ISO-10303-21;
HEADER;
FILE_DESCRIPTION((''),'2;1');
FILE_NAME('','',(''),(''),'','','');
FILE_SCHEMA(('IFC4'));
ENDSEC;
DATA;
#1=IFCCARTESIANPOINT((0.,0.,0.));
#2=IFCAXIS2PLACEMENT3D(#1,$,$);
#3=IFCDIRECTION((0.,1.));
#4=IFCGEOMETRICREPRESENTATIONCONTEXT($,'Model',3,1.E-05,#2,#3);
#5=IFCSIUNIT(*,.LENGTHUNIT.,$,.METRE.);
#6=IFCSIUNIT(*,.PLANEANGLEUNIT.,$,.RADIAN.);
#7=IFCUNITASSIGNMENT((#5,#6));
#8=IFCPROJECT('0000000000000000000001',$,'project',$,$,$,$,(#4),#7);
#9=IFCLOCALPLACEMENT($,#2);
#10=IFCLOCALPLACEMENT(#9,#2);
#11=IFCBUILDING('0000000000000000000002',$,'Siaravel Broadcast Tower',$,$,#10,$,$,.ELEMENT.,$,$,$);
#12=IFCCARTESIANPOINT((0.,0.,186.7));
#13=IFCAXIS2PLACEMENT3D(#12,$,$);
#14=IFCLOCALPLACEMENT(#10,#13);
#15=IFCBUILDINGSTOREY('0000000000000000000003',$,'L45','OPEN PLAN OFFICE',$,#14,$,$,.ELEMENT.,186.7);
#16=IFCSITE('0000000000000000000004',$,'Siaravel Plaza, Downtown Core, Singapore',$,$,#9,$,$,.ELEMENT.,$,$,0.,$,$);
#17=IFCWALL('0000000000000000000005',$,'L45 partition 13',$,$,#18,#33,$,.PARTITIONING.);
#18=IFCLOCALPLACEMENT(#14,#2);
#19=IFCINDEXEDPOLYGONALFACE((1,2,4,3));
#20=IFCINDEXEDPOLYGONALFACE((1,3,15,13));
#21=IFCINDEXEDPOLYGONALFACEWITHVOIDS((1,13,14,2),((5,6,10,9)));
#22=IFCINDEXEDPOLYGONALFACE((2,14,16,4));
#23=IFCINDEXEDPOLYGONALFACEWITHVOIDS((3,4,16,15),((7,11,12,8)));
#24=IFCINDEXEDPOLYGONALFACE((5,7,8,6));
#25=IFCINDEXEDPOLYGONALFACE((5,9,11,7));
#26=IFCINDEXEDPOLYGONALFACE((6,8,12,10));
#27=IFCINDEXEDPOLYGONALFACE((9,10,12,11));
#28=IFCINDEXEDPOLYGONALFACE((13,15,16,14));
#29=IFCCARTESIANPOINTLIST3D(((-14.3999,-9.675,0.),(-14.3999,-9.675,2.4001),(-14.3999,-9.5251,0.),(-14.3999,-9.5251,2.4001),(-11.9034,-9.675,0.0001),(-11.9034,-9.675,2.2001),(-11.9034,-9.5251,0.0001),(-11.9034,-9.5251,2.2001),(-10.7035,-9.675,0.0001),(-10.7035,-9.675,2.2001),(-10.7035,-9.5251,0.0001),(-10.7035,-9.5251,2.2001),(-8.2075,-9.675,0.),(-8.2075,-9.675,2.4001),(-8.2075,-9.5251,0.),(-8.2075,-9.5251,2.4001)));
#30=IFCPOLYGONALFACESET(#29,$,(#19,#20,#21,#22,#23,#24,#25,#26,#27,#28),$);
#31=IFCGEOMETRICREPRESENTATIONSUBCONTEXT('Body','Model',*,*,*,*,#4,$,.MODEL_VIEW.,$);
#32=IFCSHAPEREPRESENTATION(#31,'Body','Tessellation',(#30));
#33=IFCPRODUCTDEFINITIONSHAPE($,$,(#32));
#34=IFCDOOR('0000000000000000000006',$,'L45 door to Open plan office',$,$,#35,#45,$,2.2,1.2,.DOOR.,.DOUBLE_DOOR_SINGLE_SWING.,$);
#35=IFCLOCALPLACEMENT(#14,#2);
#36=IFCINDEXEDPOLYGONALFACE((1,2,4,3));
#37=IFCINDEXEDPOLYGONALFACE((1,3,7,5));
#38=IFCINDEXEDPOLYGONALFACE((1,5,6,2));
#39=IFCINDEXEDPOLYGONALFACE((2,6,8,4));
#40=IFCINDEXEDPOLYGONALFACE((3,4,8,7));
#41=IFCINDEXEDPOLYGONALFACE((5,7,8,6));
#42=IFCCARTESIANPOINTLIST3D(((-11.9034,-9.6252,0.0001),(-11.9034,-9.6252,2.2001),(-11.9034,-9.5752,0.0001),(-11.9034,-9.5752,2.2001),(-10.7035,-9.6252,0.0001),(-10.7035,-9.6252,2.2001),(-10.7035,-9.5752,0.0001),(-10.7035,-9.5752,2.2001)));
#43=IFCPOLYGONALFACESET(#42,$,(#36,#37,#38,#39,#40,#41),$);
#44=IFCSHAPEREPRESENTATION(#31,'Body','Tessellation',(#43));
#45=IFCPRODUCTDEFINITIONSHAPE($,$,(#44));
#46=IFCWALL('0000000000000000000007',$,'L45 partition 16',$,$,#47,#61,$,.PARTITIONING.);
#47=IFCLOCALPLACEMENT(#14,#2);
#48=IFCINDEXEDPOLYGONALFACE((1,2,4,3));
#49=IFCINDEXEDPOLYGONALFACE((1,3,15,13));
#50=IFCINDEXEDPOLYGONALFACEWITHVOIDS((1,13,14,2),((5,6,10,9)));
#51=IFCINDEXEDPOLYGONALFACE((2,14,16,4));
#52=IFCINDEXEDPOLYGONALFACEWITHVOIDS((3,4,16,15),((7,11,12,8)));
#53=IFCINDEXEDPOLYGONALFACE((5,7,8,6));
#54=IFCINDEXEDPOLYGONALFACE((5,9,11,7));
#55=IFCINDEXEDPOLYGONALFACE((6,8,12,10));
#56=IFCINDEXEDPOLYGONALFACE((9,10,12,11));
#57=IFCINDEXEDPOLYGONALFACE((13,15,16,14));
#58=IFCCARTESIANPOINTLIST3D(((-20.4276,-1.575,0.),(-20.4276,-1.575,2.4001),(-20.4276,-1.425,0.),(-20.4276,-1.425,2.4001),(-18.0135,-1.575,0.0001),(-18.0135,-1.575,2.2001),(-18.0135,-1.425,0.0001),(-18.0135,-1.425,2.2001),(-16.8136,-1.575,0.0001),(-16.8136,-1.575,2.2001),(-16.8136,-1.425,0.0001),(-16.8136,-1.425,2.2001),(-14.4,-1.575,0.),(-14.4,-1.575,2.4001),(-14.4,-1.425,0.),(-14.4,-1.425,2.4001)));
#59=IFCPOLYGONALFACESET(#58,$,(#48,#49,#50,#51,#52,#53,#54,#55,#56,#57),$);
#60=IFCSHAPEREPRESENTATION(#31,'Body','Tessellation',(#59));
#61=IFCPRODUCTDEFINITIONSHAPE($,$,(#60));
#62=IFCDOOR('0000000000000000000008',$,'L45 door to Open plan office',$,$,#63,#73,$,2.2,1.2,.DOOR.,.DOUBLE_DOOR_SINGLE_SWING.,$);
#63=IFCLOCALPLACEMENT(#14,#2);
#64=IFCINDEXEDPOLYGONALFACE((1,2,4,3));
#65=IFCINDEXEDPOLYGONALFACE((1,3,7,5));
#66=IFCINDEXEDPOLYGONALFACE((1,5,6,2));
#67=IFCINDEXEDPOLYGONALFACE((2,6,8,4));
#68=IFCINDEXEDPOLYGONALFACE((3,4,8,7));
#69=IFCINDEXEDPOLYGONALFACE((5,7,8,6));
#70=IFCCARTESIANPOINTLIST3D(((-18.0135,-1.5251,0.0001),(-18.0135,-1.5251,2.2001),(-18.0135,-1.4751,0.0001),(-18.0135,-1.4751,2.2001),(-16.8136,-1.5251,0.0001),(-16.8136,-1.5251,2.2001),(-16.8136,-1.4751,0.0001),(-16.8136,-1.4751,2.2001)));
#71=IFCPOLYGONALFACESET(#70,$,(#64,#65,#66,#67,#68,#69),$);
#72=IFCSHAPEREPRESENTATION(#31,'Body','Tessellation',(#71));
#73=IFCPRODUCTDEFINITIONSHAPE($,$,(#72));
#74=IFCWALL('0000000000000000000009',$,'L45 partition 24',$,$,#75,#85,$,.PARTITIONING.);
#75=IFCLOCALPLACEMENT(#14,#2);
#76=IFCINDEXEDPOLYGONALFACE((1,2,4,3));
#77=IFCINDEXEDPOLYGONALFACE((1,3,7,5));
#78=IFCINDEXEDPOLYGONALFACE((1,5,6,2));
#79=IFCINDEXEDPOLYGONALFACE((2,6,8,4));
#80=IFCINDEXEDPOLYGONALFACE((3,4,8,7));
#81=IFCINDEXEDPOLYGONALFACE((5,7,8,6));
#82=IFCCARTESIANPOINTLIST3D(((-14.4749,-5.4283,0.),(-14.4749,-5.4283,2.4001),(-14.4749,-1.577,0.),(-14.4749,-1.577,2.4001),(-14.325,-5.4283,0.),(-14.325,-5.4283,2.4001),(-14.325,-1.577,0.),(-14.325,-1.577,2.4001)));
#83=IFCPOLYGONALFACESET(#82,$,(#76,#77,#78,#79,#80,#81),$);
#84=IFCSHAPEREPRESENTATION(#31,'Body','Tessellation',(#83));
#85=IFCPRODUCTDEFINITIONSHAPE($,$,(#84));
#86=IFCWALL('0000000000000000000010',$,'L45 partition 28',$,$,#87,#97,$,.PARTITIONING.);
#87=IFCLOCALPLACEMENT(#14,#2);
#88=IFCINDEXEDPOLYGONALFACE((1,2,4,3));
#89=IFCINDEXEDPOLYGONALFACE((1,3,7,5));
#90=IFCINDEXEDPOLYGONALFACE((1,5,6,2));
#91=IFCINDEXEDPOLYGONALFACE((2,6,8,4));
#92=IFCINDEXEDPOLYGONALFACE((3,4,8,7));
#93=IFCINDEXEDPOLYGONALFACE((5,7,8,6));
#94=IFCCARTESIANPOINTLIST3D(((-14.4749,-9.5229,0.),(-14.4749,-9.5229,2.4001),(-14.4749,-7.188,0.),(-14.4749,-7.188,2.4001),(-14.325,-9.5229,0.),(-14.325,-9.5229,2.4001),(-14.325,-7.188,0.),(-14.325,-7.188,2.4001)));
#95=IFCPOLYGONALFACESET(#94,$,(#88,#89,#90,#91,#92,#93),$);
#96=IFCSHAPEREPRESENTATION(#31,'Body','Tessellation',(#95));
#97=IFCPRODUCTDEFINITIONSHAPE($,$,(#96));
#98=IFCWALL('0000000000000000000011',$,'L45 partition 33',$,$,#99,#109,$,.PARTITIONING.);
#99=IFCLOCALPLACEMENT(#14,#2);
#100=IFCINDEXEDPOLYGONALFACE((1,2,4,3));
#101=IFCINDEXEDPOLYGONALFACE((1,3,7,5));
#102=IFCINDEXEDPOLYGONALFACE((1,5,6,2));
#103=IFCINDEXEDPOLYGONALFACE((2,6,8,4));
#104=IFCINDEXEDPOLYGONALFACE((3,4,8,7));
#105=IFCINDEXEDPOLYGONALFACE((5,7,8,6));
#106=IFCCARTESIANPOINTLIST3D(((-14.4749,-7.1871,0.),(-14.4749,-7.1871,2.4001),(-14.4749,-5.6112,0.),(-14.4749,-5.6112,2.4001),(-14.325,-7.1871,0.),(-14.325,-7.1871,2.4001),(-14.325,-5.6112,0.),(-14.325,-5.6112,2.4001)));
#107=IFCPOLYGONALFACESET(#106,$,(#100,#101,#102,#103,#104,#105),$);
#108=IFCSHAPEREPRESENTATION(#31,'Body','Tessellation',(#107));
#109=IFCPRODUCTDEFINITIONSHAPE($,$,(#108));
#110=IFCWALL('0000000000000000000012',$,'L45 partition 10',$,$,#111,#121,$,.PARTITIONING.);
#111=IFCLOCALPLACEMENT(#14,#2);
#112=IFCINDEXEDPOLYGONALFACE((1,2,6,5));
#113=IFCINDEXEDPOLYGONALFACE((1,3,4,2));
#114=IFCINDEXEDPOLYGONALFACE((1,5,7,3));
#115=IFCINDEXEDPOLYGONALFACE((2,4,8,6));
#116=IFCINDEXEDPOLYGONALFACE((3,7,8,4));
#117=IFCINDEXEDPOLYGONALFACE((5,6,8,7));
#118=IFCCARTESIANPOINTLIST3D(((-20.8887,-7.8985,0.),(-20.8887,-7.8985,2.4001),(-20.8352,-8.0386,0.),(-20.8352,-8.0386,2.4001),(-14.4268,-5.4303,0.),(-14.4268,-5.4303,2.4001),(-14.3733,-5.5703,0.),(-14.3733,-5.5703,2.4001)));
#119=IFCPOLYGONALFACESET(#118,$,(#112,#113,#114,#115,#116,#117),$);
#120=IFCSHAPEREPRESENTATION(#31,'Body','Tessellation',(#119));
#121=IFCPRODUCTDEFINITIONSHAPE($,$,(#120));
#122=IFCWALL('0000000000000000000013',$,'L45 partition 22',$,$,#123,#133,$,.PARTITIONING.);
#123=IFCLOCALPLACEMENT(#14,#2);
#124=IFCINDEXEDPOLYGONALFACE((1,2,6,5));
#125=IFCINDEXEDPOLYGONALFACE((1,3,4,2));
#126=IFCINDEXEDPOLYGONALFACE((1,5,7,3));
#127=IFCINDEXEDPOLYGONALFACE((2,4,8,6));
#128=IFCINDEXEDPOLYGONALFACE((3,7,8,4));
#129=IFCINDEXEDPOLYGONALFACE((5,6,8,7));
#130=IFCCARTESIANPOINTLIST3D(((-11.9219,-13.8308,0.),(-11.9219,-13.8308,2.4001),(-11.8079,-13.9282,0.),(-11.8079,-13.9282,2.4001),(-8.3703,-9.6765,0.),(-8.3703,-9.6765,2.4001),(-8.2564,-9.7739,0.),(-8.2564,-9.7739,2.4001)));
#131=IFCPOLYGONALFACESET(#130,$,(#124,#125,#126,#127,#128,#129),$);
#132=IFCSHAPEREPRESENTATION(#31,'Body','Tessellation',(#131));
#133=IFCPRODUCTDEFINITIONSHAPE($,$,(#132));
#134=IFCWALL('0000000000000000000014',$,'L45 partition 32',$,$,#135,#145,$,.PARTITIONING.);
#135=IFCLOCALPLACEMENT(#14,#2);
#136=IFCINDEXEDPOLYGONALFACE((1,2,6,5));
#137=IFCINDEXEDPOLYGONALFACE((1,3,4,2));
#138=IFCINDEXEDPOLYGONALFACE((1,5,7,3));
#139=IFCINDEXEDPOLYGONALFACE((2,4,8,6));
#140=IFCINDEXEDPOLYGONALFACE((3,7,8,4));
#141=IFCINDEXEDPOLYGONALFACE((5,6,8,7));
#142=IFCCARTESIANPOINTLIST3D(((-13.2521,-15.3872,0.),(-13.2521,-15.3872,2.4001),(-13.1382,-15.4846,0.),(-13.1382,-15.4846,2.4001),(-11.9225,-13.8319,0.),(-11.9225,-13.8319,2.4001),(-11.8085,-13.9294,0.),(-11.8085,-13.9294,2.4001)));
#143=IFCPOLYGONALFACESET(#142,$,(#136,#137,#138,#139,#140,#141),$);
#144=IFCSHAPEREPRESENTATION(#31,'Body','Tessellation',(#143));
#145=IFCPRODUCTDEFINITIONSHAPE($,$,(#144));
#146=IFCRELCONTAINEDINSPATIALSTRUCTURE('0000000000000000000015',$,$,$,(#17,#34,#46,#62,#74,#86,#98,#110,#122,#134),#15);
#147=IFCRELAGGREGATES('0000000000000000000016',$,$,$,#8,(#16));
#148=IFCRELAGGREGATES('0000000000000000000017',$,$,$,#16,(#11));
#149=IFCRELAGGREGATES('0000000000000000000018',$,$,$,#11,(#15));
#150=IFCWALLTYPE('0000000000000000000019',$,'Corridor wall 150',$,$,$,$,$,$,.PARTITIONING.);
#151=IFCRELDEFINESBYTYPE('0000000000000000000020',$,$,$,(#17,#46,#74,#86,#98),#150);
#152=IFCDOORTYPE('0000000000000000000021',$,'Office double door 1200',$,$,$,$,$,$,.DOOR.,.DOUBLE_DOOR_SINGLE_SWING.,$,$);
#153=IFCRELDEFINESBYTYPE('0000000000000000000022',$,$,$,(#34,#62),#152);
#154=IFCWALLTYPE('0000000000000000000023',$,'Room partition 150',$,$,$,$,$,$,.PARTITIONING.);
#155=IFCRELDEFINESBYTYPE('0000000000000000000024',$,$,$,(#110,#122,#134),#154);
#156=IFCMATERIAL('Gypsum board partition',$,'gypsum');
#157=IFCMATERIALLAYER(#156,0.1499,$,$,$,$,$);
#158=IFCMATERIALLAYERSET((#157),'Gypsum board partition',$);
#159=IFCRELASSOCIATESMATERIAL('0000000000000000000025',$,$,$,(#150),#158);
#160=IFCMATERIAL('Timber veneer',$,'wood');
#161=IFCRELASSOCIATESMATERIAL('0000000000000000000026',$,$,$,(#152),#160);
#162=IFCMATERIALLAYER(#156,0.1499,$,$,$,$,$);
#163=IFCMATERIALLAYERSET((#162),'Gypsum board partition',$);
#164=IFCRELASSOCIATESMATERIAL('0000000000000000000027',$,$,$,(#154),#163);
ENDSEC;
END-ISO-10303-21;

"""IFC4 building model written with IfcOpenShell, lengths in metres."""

from ifc_helpers import new_model, si_unit, direction, frame, frame_2d, origin, place, context, subcontext, project, spatial, rectangle, extrude, material, layer, layer_set, type_object, element, fill, save


model = new_model("IFC4")

# Units and contexts
model_context = context("Model", 3, precision=1e-05, world=origin(), true_north=direction((0.0, 1.0)))
body_context = subcontext(model_context, "Body", "Model", "MODEL_VIEW")
ifc_project = project(units=[si_unit("LENGTHUNIT", "METRE"), si_unit("PLANEANGLEUNIT", "RADIAN")], contexts=[model_context])

# Site, building, storey
site_placement = place(None, origin())
site = spatial("IfcSite", under=ifc_project, at=site_placement, Name="Siaravel Plaza, Downtown Core, Singapore", CompositionType="ELEMENT", RefElevation=0.0)
building_placement = place(site_placement, origin())
building = spatial("IfcBuilding", under=site, at=building_placement, Name="Siaravel Broadcast Tower", CompositionType="ELEMENT")
storey_placement = place(building_placement, frame((0.0, 0.0, 186.7)))
storey = spatial("IfcBuildingStorey", under=building, at=storey_placement, Name="L45", Description="OPEN PLAN OFFICE", CompositionType="ELEMENT", Elevation=186.7)

# Walls, openings, doors
ifc_material_1 = material(Name="Gypsum board partition", Category="gypsum")
ifc_layer_1 = layer(ifc_material_1, 0.1499)
ifc_layer_set_1 = layer_set([ifc_layer_1], Name="Gypsum board partition")
wall_type_1 = type_object("IfcWallType", Name="Corridor wall 150", PredefinedType="PARTITIONING", material=ifc_layer_set_1)
wall_1_placement = place(storey_placement, frame((-14.3999, -9.6001, 0.0), z_axis=(0.0, 0.0, 1.0), x_axis=(1.0, 0.0, 0.0)))
wall_1 = element("IfcWall", 1, at=wall_1_placement, inside=storey, type_object=wall_type_1, Name="L45 partition 13", PredefinedType="PARTITIONING", context=body_context, shape_type="SweptSolid", body=[
    extrude(rectangle(XDim=6.1924, YDim=0.1499, at=frame_2d((3.0962, 0.0))), origin(), (0.0, 0.0, 1.0), 2.4001),
])
opening_1_placement = place(wall_1_placement, frame((2.4963, 0.0, 0.0)))
opening_1 = element("IfcOpeningElement", 2, at=opening_1_placement, cuts=wall_1, PredefinedType="OPENING", context=body_context, shape_type="SweptSolid", body=[
    extrude(rectangle(XDim=1.2, YDim=2.2, at=frame_2d((0.6001, 1.1001))), frame((0.0, 0.085, 0.0), z_axis=(0.0, -1.0, 0.0), x_axis=(1.0, 0.0, 0.0)), (0.0, 0.0, 1.0), 0.1699),
])
ifc_material_2 = material(Name="Timber veneer", Category="wood")
door_type_1 = type_object("IfcDoorType", Name="Office double door 1200", OperationType="DOUBLE_DOOR_SINGLE_SWING", PredefinedType="DOOR", material=ifc_material_2)
door_1_placement = place(opening_1_placement, origin())
door_1 = element("IfcDoor", 3, at=door_1_placement, inside=storey, type_object=door_type_1, Name="L45 door to Open plan office", OperationType="DOUBLE_DOOR_SINGLE_SWING", OverallHeight=2.2, OverallWidth=1.2, PredefinedType="DOOR", context=body_context, shape_type="SweptSolid", body=[
    extrude(rectangle(XDim=1.2, YDim=2.2, at=frame_2d((0.6001, 1.1001))), frame((0.0, 0.0249, 0.0), z_axis=(0.0, -1.0, 0.0), x_axis=(1.0, 0.0, 0.0)), (0.0, 0.0, 1.0), 0.05),
])
fill(opening_1, door_1)
wall_2_placement = place(storey_placement, frame((-20.4275, -1.5, 0.0), z_axis=(0.0, 0.0, 1.0), x_axis=(1.0, 0.0, 0.0)))
wall_2 = element("IfcWall", 4, at=wall_2_placement, inside=storey, type_object=wall_type_1, Name="L45 partition 16", PredefinedType="PARTITIONING", context=body_context, shape_type="SweptSolid", body=[
    extrude(rectangle(XDim=6.0276, YDim=0.1499, at=frame_2d((3.0137, 0.0))), origin(), (0.0, 0.0, 1.0), 2.4001),
])
opening_2_placement = place(wall_2_placement, frame((2.4138, 0.0, 0.0)))
opening_2 = element("IfcOpeningElement", 5, at=opening_2_placement, cuts=wall_2, PredefinedType="OPENING", context=body_context, shape_type="SweptSolid", body=[
    extrude(rectangle(XDim=1.2, YDim=2.2, at=frame_2d((0.6001, 1.1001))), frame((0.0, 0.085, 0.0), z_axis=(0.0, -1.0, 0.0), x_axis=(1.0, 0.0, 0.0)), (0.0, 0.0, 1.0), 0.1699),
])
door_2_placement = place(opening_2_placement, origin())
door_2 = element("IfcDoor", 6, at=door_2_placement, inside=storey, type_object=door_type_1, Name="L45 door to Open plan office", OperationType="DOUBLE_DOOR_SINGLE_SWING", OverallHeight=2.2, OverallWidth=1.2, PredefinedType="DOOR", context=body_context, shape_type="SweptSolid", body=[
    extrude(rectangle(XDim=1.2, YDim=2.2, at=frame_2d((0.6001, 1.1001))), frame((0.0, 0.0249, 0.0), z_axis=(0.0, -1.0, 0.0), x_axis=(1.0, 0.0, 0.0)), (0.0, 0.0, 1.0), 0.05),
])
fill(opening_2, door_2)

# Walls
wall_3_placement = place(storey_placement, frame((-14.3999, -1.5769, 0.0), z_axis=(0.0, 0.0, 1.0), x_axis=(0.0, -1.0, 0.0)))
element("IfcWall", 7, at=wall_3_placement, inside=storey, type_object=wall_type_1, Name="L45 partition 24", PredefinedType="PARTITIONING", context=body_context, shape_type="SweptSolid", body=[
    extrude(rectangle(XDim=3.8513, YDim=0.1499, at=frame_2d((1.9258, 0.0))), origin(), (0.0, 0.0, 1.0), 2.4001),
])
wall_4_placement = place(storey_placement, frame((-14.3999, -7.188, 0.0), z_axis=(0.0, 0.0, 1.0), x_axis=(0.0, -1.0, 0.0)))
element("IfcWall", 8, at=wall_4_placement, inside=storey, type_object=wall_type_1, Name="L45 partition 28", PredefinedType="PARTITIONING", context=body_context, shape_type="SweptSolid", body=[
    extrude(rectangle(XDim=2.335, YDim=0.1499, at=frame_2d((1.1675, 0.0))), origin(), (0.0, 0.0, 1.0), 2.4001),
])
wall_5_placement = place(storey_placement, frame((-14.3999, -5.6111, 0.0), z_axis=(0.0, 0.0, 1.0), x_axis=(0.0, -1.0, 0.0)))
element("IfcWall", 9, at=wall_5_placement, inside=storey, type_object=wall_type_1, Name="L45 partition 33", PredefinedType="PARTITIONING", context=body_context, shape_type="SweptSolid", body=[
    extrude(rectangle(XDim=1.5759, YDim=0.1499, at=frame_2d((0.7881, 0.0))), origin(), (0.0, 0.0, 1.0), 2.4001),
])
ifc_layer_2 = layer(ifc_material_1, 0.1499)
ifc_layer_set_2 = layer_set([ifc_layer_2], Name="Gypsum board partition")
wall_type_2 = type_object("IfcWallType", Name="Room partition 150", PredefinedType="PARTITIONING", material=ifc_layer_set_2)
wall_6_placement = place(storey_placement, frame((-20.8618, -7.9685, 0.0), z_axis=(0.0, 0.0, 1.0), x_axis=(0.934171, 0.356826, 0.0)))
element("IfcWall", 10, at=wall_6_placement, inside=storey, type_object=wall_type_2, Name="L45 partition 10", PredefinedType="PARTITIONING", context=body_context, shape_type="SweptSolid", body=[
    extrude(rectangle(XDim=6.9172, YDim=0.1499, at=frame_2d((3.4585, 0.0))), origin(), (0.0, 0.0, 1.0), 2.4001),
])
wall_7_placement = place(storey_placement, frame((-11.865, -13.8796, 0.0), z_axis=(0.0, 0.0, 1.0), x_axis=(0.649809, 0.760098, 0.0)))
element("IfcWall", 11, at=wall_7_placement, inside=storey, type_object=wall_type_2, Name="L45 partition 22", PredefinedType="PARTITIONING", context=body_context, shape_type="SweptSolid", body=[
    extrude(rectangle(XDim=5.4656, YDim=0.1499, at=frame_2d((2.7329, 0.0))), origin(), (0.0, 0.0, 1.0), 2.4001),
])
wall_8_placement = place(storey_placement, frame((-13.1951, -15.4358, 0.0), z_axis=(0.0, 0.0, 1.0), x_axis=(0.649828, 0.760081, 0.0)))
element("IfcWall", 12, at=wall_8_placement, inside=storey, type_object=wall_type_2, Name="L45 partition 32", PredefinedType="PARTITIONING", context=body_context, shape_type="SweptSolid", body=[
    extrude(rectangle(XDim=2.0461, YDim=0.1499, at=frame_2d((1.0229, 0.0))), origin(), (0.0, 0.0, 1.0), 2.4001),
])

save(model, "model.ifc")
